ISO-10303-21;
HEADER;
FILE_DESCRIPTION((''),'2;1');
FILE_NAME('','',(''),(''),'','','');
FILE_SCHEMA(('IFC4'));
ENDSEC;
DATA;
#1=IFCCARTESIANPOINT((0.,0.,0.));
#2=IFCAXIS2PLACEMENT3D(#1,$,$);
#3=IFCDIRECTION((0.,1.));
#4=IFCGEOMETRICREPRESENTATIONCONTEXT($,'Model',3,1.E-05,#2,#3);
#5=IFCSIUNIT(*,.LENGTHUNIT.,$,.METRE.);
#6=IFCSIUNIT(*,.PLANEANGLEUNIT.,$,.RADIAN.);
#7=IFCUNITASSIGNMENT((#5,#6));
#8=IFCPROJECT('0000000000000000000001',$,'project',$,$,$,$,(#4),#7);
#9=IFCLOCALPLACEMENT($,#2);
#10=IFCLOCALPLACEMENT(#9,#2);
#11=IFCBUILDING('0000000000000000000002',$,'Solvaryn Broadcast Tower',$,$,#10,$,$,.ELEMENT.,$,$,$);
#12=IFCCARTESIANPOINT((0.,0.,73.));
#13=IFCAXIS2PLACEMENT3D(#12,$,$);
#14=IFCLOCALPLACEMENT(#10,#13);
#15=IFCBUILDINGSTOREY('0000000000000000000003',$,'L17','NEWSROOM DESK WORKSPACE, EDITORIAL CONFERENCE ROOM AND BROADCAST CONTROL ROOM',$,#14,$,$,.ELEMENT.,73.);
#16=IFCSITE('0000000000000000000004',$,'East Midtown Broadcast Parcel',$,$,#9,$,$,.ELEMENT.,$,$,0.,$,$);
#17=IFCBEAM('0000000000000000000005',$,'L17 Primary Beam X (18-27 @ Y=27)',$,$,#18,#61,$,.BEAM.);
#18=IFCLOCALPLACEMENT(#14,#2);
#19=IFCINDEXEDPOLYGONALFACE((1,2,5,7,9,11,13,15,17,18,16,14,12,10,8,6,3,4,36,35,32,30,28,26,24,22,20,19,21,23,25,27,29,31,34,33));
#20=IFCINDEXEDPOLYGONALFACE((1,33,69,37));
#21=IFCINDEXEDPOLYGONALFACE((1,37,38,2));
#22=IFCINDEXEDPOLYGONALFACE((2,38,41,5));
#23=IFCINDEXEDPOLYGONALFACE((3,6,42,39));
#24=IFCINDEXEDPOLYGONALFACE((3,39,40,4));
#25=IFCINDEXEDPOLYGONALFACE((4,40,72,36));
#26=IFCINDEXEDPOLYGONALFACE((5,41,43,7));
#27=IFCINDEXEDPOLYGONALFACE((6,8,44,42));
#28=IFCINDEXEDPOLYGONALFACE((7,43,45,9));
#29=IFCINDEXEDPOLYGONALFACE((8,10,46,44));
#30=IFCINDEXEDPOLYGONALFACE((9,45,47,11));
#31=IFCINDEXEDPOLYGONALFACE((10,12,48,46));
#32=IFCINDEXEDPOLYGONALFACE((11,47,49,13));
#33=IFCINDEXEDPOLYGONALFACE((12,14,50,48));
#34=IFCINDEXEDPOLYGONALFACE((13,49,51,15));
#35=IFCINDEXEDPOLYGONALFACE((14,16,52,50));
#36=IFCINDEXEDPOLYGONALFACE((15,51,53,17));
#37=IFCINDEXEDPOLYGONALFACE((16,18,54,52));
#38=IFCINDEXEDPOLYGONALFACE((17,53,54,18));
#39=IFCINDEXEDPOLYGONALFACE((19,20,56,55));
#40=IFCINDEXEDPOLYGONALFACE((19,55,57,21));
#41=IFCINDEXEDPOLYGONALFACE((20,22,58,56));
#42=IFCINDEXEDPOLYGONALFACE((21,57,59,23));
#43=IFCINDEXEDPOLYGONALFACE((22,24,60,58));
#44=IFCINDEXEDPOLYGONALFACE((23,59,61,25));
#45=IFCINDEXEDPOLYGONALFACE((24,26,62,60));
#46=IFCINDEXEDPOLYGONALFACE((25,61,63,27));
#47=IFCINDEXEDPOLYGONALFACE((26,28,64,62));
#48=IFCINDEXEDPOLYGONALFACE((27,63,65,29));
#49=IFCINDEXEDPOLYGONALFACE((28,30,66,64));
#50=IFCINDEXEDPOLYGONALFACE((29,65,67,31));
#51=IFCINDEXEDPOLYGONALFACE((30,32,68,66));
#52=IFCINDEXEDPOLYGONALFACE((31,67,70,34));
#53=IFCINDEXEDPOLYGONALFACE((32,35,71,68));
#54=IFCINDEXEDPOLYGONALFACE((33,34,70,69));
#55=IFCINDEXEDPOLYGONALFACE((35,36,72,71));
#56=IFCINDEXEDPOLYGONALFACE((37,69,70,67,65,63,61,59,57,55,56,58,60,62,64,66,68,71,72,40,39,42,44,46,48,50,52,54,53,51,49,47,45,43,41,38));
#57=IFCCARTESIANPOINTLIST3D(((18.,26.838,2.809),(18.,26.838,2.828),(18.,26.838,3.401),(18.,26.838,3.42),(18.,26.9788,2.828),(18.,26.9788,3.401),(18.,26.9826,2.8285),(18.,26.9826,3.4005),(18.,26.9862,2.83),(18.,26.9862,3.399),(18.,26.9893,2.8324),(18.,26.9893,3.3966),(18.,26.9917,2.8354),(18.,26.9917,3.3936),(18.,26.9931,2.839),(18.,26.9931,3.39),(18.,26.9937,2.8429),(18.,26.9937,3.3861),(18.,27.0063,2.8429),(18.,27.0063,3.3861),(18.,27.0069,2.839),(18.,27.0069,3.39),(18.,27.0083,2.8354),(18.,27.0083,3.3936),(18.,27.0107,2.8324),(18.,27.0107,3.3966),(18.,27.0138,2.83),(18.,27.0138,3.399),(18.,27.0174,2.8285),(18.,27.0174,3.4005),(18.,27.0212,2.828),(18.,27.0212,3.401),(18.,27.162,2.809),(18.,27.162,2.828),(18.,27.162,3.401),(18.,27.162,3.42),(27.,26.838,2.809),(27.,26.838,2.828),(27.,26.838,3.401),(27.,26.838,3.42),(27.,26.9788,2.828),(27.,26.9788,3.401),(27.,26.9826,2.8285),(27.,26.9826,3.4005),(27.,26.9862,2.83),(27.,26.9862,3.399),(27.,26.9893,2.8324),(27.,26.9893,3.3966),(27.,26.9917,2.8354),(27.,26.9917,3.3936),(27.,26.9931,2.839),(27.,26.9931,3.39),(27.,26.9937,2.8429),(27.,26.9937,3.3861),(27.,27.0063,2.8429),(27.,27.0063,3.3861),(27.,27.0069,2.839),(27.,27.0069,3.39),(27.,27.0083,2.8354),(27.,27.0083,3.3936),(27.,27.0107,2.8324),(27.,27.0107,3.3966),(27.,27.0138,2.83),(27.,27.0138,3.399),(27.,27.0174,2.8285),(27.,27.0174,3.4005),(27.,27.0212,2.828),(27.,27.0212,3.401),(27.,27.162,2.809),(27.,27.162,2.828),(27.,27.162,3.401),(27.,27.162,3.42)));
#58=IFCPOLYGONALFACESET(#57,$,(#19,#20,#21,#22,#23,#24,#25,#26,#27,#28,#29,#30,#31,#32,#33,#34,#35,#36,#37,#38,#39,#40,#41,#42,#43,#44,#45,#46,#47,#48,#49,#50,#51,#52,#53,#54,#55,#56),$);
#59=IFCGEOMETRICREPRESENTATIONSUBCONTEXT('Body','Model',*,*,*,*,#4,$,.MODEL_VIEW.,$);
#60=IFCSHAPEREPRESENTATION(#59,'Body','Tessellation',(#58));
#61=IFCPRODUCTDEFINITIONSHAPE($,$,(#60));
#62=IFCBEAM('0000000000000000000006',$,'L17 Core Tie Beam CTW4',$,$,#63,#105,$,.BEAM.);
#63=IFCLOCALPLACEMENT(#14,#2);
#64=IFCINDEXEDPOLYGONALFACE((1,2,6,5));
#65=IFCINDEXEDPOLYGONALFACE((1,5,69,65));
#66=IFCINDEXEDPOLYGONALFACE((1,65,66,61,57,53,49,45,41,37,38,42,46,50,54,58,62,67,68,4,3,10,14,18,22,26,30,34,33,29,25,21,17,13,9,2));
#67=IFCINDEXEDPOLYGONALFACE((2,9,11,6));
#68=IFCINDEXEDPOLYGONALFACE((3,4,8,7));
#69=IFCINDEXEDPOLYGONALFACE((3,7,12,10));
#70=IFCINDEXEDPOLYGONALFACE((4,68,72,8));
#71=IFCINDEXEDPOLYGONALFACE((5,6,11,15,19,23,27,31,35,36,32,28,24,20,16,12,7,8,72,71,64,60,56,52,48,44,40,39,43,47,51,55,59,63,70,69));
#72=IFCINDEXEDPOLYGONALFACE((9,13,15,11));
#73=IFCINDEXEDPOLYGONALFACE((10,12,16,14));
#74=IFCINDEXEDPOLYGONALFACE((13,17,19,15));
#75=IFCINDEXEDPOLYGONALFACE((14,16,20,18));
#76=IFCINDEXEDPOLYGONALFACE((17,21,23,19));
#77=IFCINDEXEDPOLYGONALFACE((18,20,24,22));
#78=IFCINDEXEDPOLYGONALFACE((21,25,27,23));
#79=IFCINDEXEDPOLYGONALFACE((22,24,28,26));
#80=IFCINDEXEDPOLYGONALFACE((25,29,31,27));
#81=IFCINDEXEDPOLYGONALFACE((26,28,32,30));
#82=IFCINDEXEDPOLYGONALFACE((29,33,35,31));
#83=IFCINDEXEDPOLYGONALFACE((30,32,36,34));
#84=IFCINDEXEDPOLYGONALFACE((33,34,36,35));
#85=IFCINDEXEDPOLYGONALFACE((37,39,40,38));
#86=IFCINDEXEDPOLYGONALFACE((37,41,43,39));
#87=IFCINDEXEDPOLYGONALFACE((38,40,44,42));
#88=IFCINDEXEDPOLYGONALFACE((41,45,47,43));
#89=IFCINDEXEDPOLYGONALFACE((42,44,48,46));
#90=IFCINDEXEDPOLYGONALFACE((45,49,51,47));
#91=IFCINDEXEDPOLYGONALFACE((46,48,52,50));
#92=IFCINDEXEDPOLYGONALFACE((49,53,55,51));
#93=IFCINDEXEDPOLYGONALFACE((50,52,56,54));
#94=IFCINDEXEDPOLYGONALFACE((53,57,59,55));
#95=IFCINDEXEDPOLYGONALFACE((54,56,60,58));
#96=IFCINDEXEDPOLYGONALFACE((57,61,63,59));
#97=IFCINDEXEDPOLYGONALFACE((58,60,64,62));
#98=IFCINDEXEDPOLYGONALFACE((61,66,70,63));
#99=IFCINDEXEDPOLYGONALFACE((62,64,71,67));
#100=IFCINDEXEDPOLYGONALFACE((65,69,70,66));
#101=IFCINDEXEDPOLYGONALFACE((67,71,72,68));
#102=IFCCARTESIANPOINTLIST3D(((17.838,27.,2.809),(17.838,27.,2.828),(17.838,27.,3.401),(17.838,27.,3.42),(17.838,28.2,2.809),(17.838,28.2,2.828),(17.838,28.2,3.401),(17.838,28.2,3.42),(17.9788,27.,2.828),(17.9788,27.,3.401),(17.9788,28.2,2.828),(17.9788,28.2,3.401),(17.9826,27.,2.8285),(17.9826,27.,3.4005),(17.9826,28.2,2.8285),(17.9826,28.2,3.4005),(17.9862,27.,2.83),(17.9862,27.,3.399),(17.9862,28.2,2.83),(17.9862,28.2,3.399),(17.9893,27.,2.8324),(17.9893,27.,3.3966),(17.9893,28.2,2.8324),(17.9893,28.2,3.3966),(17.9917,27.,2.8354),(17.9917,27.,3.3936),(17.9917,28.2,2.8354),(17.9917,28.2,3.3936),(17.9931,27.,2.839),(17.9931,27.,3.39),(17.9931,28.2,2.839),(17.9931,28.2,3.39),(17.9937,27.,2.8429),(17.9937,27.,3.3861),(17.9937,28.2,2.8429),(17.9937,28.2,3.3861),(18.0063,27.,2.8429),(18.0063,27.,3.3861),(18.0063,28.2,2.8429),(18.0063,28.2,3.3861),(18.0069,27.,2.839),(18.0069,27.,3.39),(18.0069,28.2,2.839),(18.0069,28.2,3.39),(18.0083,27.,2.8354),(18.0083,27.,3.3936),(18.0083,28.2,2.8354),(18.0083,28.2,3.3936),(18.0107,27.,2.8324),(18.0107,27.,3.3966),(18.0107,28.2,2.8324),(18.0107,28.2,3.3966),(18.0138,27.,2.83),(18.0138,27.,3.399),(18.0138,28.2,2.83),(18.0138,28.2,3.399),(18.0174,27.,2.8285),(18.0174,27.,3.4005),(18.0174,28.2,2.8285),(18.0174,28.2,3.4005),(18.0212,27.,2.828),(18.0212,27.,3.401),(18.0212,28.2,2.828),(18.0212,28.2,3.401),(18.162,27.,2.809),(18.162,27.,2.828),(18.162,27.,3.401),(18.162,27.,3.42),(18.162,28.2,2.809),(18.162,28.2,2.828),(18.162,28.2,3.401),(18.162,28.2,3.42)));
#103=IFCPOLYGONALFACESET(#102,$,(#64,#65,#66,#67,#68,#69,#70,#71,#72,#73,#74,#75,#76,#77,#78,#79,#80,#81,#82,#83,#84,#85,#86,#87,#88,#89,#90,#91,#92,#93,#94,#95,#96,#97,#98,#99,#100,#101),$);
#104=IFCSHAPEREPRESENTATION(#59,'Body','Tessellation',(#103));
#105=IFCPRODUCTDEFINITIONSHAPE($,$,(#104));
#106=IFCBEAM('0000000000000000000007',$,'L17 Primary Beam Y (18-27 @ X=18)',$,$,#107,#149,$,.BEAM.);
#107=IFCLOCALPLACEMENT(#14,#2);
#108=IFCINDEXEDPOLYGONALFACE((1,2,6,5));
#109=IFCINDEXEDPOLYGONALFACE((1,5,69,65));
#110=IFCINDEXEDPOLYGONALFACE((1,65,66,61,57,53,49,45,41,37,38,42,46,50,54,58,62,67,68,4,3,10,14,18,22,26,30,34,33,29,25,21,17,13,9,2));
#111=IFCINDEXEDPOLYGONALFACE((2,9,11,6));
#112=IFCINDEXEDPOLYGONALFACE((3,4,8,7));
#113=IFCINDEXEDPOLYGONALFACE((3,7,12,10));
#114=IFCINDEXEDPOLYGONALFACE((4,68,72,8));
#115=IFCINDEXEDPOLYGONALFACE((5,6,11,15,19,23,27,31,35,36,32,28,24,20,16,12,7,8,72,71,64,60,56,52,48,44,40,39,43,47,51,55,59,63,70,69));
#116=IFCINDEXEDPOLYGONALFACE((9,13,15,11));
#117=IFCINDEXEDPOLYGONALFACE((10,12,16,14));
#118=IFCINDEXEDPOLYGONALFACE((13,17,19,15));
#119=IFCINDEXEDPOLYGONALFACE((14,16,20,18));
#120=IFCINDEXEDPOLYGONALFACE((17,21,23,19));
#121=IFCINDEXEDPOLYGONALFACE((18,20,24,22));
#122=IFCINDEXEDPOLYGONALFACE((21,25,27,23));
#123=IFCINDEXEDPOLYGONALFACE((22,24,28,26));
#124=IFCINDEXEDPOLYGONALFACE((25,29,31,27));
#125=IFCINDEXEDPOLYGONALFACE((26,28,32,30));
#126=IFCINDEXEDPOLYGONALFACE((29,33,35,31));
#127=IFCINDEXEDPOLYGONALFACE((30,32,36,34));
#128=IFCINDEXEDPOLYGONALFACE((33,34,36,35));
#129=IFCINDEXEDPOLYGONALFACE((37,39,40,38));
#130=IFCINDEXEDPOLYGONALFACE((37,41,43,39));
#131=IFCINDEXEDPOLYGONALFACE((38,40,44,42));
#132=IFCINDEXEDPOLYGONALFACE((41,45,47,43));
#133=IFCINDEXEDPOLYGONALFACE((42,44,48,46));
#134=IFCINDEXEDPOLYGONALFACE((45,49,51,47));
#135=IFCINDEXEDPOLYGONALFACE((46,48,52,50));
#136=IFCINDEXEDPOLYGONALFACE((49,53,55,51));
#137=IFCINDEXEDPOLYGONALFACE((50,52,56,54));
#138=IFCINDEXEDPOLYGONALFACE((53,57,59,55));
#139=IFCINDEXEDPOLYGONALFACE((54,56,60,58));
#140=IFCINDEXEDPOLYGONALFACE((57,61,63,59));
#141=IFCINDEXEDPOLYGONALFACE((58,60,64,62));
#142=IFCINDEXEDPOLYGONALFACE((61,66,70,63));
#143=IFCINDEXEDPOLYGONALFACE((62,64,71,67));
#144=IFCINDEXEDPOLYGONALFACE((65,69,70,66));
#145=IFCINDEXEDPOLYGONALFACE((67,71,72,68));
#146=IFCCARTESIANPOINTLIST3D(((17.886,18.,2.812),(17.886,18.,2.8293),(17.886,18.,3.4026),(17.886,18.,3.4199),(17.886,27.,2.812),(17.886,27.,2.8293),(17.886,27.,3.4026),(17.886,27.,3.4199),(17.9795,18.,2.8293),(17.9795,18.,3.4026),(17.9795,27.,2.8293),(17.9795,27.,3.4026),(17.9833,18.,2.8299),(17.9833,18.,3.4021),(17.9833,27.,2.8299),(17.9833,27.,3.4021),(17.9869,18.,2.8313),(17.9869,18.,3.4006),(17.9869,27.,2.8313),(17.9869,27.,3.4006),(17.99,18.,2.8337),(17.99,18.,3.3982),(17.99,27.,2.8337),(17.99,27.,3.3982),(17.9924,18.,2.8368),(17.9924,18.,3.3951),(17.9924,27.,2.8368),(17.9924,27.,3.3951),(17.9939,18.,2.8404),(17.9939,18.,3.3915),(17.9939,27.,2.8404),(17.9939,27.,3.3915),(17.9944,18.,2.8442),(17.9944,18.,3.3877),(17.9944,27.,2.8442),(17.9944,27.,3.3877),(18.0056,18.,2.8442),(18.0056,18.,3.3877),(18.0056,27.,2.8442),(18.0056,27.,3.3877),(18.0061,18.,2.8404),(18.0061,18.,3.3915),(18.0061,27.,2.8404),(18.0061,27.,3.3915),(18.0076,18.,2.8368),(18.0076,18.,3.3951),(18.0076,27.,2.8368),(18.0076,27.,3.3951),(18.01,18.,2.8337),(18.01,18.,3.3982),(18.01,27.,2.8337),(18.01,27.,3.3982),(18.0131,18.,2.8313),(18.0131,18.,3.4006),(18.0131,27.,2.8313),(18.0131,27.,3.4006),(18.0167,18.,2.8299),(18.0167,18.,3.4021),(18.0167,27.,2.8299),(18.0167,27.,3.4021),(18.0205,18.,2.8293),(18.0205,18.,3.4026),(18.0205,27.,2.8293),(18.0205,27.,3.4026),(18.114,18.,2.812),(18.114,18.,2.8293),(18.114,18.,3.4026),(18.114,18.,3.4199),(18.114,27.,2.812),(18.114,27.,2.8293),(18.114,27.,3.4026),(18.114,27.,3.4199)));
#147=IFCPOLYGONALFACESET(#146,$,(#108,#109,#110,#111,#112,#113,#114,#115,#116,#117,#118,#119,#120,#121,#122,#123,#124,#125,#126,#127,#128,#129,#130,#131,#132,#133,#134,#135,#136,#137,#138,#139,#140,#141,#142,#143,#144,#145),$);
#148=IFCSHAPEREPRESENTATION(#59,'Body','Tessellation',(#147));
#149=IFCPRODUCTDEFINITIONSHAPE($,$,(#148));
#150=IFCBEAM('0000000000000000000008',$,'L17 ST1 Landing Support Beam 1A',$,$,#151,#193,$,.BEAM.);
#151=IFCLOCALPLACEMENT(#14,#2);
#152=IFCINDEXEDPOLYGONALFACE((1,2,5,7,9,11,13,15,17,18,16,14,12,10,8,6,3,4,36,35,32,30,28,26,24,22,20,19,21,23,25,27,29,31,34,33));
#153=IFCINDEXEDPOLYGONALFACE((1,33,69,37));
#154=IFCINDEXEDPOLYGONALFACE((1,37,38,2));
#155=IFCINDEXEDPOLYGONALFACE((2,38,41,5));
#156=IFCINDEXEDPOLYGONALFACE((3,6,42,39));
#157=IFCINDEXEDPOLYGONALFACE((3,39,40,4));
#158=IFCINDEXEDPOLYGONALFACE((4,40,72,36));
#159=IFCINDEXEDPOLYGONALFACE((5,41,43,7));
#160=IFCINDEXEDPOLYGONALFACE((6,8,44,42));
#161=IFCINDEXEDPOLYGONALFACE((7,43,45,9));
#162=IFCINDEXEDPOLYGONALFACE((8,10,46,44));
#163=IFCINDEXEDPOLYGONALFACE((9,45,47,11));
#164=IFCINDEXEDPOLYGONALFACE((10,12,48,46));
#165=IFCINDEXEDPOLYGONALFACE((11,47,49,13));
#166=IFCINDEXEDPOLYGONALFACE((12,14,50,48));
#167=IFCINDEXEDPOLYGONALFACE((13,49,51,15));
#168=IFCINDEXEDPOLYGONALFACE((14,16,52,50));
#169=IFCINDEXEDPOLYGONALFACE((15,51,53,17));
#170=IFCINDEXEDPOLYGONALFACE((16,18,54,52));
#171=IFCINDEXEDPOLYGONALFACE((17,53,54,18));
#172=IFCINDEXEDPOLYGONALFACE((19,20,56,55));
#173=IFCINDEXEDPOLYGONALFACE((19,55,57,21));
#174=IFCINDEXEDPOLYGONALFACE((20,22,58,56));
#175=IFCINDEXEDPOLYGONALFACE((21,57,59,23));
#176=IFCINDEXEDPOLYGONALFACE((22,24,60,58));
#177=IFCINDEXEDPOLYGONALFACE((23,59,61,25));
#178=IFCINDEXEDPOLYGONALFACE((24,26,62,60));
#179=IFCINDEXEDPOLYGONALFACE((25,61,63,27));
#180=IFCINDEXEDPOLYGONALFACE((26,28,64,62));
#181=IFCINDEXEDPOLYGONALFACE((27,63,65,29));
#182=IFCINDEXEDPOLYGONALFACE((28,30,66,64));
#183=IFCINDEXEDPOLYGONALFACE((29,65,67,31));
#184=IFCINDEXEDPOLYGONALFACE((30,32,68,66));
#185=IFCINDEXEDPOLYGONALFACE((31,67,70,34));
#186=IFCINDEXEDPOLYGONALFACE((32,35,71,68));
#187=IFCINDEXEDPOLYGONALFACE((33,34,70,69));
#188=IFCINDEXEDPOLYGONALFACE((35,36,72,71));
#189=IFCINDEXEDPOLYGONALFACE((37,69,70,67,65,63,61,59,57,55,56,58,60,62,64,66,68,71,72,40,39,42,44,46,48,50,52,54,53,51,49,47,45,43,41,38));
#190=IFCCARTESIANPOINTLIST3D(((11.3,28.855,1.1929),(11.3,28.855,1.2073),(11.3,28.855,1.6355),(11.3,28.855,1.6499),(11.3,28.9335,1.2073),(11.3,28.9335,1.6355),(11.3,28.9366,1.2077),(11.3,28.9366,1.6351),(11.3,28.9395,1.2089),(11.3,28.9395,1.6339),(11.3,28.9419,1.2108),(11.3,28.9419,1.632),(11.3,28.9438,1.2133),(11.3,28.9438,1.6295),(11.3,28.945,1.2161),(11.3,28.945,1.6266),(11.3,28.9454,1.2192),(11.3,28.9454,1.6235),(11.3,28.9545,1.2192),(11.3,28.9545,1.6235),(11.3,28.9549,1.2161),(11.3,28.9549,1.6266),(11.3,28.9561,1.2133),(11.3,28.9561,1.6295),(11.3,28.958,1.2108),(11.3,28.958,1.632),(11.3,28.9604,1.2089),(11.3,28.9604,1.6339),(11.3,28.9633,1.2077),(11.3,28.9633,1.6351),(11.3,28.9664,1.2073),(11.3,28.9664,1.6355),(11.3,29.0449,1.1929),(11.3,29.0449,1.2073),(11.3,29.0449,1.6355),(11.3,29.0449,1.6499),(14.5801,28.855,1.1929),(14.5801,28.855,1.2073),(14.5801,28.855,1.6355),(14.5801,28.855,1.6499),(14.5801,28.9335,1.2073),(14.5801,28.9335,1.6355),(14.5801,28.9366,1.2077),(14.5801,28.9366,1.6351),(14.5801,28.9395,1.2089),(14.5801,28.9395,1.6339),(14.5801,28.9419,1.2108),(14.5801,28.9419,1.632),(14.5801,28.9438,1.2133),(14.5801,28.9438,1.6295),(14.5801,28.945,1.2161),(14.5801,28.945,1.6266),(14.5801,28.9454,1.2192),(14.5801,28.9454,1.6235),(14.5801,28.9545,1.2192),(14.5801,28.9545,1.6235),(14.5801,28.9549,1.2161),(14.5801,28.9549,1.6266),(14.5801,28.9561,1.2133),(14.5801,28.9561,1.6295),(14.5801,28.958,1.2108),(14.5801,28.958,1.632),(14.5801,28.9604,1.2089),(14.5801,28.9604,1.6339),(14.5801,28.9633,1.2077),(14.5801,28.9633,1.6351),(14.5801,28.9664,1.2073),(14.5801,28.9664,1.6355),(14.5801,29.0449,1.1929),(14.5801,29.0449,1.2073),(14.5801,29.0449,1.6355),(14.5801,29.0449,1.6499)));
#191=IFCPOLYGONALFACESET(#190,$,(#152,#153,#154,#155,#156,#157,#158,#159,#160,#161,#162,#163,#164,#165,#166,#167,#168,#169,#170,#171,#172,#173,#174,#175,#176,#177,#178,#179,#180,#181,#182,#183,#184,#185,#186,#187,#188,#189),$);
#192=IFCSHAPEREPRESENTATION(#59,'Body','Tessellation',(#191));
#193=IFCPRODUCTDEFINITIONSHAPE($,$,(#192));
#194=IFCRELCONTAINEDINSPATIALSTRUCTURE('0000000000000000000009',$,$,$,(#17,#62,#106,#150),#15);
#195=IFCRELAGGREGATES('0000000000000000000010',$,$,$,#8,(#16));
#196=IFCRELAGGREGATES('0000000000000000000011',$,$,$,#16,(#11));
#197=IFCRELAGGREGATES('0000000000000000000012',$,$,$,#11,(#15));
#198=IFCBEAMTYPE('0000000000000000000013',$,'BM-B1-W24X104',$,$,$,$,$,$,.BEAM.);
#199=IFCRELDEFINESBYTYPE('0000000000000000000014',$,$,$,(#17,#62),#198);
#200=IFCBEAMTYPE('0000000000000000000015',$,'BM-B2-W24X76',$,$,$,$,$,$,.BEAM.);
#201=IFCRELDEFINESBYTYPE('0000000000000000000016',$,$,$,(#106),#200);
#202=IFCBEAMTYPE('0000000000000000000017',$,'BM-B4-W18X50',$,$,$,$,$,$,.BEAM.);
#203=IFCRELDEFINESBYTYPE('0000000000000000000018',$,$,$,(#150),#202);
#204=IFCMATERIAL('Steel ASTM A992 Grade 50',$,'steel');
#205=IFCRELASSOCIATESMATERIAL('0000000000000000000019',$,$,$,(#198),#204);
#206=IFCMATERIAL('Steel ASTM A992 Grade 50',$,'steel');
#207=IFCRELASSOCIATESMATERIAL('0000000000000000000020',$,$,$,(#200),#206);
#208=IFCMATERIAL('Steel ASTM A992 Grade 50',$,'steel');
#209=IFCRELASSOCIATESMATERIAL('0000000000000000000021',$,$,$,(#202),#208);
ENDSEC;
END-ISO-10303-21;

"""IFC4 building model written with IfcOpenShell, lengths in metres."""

from ifc_helpers import new_model, si_unit, direction, frame, origin, origin_2d, place, context, subcontext, project, spatial, i_section, extrude, material, material_profile, profile_set, type_object, element, save


model = new_model("IFC4")

# Units and contexts
model_context = context("Model", 3, precision=1e-05, world=origin(), true_north=direction((0.0, 1.0)))
body_context = subcontext(model_context, "Body", "Model", "MODEL_VIEW")
ifc_project = project(units=[si_unit("LENGTHUNIT", "METRE"), si_unit("PLANEANGLEUNIT", "RADIAN")], contexts=[model_context])

# Site, building, storey
site_placement = place(None, origin())
site = spatial("IfcSite", under=ifc_project, at=site_placement, Name="East Midtown Broadcast Parcel", CompositionType="ELEMENT", RefElevation=0.0)
building_placement = place(site_placement, origin())
building = spatial("IfcBuilding", under=site, at=building_placement, Name="Solvaryn Broadcast Tower", CompositionType="ELEMENT")
storey_placement = place(building_placement, frame((0.0, 0.0, 73.0)))
storey = spatial("IfcBuildingStorey", under=building, at=storey_placement, Name="L17", Description="NEWSROOM DESK WORKSPACE, EDITORIAL CONFERENCE ROOM AND BROADCAST CONTROL ROOM", CompositionType="ELEMENT", Elevation=73.0)

# Beams
ifc_material_1 = material(Name="Steel ASTM A992 Grade 50", Category="steel")
ifc_material_profile_1 = material_profile(ifc_material_1, i_section(OverallWidth=0.324, OverallDepth=0.6111, WebThickness=0.0127, FlangeThickness=0.019, FilletRadius=0.0149, at=origin_2d()))
ifc_profile_set_1 = profile_set([ifc_material_profile_1], Name="Steel ASTM A992 Grade 50")
beam_type_1 = type_object("IfcBeamType", Name="BM-B1-W24X104", PredefinedType="BEAM", material=ifc_profile_set_1)
for number, where, z_axis, x_axis, name in (
    (1, (18.0, 27.0, 3.1145), (1.0, 0.0, 0.0), (0.0, 1.0, 0.0), "L17 Primary Beam X (18-27 @ Y=27)"),
):
    element("IfcBeam", number, at=place(storey_placement, frame(where, z_axis=z_axis, x_axis=x_axis)), inside=storey, type_object=beam_type_1, Name=name, PredefinedType="BEAM", context=body_context, shape_type="SweptSolid", body=[
        extrude(i_section(OverallWidth=0.324, OverallDepth=0.6111, WebThickness=0.0127, FlangeThickness=0.019, FilletRadius=0.0149, at=origin_2d()), origin(), (0.0, 0.0, 1.0), 9.0),
    ])
beam_1_placement = place(storey_placement, frame((18.0, 27.0, 3.1145), z_axis=(0.0, 1.0, 0.0), x_axis=(-1.0, 0.0, 0.0)))
element("IfcBeam", 2, at=beam_1_placement, inside=storey, type_object=beam_type_1, Name="L17 Core Tie Beam CTW4", PredefinedType="BEAM", context=body_context, shape_type="SweptSolid", body=[
    extrude(i_section(OverallWidth=0.324, OverallDepth=0.6111, WebThickness=0.0127, FlangeThickness=0.019, FilletRadius=0.0149, at=origin_2d()), origin(), (0.0, 0.0, 1.0), 1.2),
])
ifc_material_2 = material(Name="Steel ASTM A992 Grade 50", Category="steel")
ifc_material_profile_2 = material_profile(ifc_material_2, i_section(OverallWidth=0.228, OverallDepth=0.6079, WebThickness=0.0112, FlangeThickness=0.0173, FilletRadius=0.0149, at=origin_2d()))
ifc_profile_set_2 = profile_set([ifc_material_profile_2], Name="Steel ASTM A992 Grade 50")
beam_type_2 = type_object("IfcBeamType", Name="BM-B2-W24X76", PredefinedType="BEAM", material=ifc_profile_set_2)
beam_2_placement = place(storey_placement, frame((18.0, 18.0, 3.116), z_axis=(0.0, 1.0, 0.0), x_axis=(-1.0, 0.0, 0.0)))
element("IfcBeam", 3, at=beam_2_placement, inside=storey, type_object=beam_type_2, Name="L17 Primary Beam Y (18-27 @ X=18)", PredefinedType="BEAM", context=body_context, shape_type="SweptSolid", body=[
    extrude(i_section(OverallWidth=0.228, OverallDepth=0.6079, WebThickness=0.0112, FlangeThickness=0.0173, FilletRadius=0.0149, at=origin_2d()), origin(), (0.0, 0.0, 1.0), 9.0),
])
ifc_material_3 = material(Name="Steel ASTM A992 Grade 50", Category="steel")
ifc_material_profile_3 = material_profile(ifc_material_3, i_section(OverallWidth=0.1899, OverallDepth=0.457, WebThickness=0.009, FlangeThickness=0.0144, FilletRadius=0.012, at=origin_2d()))
ifc_profile_set_3 = profile_set([ifc_material_profile_3], Name="Steel ASTM A992 Grade 50")
beam_type_3 = type_object("IfcBeamType", Name="BM-B4-W18X50", PredefinedType="BEAM", material=ifc_profile_set_3)
beam_3_placement = place(storey_placement, frame((11.3, 28.95, 1.4214), z_axis=(1.0, 0.0, 0.0), x_axis=(0.0, 1.0, 0.0)))
element("IfcBeam", 4, at=beam_3_placement, inside=storey, type_object=beam_type_3, Name="L17 ST1 Landing Support Beam 1A", PredefinedType="BEAM", context=body_context, shape_type="SweptSolid", body=[
    extrude(i_section(OverallWidth=0.1899, OverallDepth=0.457, WebThickness=0.009, FlangeThickness=0.0144, FilletRadius=0.012, at=origin_2d()), origin(), (0.0, 0.0, 1.0), 3.28),
])

save(model, "model.ifc")
